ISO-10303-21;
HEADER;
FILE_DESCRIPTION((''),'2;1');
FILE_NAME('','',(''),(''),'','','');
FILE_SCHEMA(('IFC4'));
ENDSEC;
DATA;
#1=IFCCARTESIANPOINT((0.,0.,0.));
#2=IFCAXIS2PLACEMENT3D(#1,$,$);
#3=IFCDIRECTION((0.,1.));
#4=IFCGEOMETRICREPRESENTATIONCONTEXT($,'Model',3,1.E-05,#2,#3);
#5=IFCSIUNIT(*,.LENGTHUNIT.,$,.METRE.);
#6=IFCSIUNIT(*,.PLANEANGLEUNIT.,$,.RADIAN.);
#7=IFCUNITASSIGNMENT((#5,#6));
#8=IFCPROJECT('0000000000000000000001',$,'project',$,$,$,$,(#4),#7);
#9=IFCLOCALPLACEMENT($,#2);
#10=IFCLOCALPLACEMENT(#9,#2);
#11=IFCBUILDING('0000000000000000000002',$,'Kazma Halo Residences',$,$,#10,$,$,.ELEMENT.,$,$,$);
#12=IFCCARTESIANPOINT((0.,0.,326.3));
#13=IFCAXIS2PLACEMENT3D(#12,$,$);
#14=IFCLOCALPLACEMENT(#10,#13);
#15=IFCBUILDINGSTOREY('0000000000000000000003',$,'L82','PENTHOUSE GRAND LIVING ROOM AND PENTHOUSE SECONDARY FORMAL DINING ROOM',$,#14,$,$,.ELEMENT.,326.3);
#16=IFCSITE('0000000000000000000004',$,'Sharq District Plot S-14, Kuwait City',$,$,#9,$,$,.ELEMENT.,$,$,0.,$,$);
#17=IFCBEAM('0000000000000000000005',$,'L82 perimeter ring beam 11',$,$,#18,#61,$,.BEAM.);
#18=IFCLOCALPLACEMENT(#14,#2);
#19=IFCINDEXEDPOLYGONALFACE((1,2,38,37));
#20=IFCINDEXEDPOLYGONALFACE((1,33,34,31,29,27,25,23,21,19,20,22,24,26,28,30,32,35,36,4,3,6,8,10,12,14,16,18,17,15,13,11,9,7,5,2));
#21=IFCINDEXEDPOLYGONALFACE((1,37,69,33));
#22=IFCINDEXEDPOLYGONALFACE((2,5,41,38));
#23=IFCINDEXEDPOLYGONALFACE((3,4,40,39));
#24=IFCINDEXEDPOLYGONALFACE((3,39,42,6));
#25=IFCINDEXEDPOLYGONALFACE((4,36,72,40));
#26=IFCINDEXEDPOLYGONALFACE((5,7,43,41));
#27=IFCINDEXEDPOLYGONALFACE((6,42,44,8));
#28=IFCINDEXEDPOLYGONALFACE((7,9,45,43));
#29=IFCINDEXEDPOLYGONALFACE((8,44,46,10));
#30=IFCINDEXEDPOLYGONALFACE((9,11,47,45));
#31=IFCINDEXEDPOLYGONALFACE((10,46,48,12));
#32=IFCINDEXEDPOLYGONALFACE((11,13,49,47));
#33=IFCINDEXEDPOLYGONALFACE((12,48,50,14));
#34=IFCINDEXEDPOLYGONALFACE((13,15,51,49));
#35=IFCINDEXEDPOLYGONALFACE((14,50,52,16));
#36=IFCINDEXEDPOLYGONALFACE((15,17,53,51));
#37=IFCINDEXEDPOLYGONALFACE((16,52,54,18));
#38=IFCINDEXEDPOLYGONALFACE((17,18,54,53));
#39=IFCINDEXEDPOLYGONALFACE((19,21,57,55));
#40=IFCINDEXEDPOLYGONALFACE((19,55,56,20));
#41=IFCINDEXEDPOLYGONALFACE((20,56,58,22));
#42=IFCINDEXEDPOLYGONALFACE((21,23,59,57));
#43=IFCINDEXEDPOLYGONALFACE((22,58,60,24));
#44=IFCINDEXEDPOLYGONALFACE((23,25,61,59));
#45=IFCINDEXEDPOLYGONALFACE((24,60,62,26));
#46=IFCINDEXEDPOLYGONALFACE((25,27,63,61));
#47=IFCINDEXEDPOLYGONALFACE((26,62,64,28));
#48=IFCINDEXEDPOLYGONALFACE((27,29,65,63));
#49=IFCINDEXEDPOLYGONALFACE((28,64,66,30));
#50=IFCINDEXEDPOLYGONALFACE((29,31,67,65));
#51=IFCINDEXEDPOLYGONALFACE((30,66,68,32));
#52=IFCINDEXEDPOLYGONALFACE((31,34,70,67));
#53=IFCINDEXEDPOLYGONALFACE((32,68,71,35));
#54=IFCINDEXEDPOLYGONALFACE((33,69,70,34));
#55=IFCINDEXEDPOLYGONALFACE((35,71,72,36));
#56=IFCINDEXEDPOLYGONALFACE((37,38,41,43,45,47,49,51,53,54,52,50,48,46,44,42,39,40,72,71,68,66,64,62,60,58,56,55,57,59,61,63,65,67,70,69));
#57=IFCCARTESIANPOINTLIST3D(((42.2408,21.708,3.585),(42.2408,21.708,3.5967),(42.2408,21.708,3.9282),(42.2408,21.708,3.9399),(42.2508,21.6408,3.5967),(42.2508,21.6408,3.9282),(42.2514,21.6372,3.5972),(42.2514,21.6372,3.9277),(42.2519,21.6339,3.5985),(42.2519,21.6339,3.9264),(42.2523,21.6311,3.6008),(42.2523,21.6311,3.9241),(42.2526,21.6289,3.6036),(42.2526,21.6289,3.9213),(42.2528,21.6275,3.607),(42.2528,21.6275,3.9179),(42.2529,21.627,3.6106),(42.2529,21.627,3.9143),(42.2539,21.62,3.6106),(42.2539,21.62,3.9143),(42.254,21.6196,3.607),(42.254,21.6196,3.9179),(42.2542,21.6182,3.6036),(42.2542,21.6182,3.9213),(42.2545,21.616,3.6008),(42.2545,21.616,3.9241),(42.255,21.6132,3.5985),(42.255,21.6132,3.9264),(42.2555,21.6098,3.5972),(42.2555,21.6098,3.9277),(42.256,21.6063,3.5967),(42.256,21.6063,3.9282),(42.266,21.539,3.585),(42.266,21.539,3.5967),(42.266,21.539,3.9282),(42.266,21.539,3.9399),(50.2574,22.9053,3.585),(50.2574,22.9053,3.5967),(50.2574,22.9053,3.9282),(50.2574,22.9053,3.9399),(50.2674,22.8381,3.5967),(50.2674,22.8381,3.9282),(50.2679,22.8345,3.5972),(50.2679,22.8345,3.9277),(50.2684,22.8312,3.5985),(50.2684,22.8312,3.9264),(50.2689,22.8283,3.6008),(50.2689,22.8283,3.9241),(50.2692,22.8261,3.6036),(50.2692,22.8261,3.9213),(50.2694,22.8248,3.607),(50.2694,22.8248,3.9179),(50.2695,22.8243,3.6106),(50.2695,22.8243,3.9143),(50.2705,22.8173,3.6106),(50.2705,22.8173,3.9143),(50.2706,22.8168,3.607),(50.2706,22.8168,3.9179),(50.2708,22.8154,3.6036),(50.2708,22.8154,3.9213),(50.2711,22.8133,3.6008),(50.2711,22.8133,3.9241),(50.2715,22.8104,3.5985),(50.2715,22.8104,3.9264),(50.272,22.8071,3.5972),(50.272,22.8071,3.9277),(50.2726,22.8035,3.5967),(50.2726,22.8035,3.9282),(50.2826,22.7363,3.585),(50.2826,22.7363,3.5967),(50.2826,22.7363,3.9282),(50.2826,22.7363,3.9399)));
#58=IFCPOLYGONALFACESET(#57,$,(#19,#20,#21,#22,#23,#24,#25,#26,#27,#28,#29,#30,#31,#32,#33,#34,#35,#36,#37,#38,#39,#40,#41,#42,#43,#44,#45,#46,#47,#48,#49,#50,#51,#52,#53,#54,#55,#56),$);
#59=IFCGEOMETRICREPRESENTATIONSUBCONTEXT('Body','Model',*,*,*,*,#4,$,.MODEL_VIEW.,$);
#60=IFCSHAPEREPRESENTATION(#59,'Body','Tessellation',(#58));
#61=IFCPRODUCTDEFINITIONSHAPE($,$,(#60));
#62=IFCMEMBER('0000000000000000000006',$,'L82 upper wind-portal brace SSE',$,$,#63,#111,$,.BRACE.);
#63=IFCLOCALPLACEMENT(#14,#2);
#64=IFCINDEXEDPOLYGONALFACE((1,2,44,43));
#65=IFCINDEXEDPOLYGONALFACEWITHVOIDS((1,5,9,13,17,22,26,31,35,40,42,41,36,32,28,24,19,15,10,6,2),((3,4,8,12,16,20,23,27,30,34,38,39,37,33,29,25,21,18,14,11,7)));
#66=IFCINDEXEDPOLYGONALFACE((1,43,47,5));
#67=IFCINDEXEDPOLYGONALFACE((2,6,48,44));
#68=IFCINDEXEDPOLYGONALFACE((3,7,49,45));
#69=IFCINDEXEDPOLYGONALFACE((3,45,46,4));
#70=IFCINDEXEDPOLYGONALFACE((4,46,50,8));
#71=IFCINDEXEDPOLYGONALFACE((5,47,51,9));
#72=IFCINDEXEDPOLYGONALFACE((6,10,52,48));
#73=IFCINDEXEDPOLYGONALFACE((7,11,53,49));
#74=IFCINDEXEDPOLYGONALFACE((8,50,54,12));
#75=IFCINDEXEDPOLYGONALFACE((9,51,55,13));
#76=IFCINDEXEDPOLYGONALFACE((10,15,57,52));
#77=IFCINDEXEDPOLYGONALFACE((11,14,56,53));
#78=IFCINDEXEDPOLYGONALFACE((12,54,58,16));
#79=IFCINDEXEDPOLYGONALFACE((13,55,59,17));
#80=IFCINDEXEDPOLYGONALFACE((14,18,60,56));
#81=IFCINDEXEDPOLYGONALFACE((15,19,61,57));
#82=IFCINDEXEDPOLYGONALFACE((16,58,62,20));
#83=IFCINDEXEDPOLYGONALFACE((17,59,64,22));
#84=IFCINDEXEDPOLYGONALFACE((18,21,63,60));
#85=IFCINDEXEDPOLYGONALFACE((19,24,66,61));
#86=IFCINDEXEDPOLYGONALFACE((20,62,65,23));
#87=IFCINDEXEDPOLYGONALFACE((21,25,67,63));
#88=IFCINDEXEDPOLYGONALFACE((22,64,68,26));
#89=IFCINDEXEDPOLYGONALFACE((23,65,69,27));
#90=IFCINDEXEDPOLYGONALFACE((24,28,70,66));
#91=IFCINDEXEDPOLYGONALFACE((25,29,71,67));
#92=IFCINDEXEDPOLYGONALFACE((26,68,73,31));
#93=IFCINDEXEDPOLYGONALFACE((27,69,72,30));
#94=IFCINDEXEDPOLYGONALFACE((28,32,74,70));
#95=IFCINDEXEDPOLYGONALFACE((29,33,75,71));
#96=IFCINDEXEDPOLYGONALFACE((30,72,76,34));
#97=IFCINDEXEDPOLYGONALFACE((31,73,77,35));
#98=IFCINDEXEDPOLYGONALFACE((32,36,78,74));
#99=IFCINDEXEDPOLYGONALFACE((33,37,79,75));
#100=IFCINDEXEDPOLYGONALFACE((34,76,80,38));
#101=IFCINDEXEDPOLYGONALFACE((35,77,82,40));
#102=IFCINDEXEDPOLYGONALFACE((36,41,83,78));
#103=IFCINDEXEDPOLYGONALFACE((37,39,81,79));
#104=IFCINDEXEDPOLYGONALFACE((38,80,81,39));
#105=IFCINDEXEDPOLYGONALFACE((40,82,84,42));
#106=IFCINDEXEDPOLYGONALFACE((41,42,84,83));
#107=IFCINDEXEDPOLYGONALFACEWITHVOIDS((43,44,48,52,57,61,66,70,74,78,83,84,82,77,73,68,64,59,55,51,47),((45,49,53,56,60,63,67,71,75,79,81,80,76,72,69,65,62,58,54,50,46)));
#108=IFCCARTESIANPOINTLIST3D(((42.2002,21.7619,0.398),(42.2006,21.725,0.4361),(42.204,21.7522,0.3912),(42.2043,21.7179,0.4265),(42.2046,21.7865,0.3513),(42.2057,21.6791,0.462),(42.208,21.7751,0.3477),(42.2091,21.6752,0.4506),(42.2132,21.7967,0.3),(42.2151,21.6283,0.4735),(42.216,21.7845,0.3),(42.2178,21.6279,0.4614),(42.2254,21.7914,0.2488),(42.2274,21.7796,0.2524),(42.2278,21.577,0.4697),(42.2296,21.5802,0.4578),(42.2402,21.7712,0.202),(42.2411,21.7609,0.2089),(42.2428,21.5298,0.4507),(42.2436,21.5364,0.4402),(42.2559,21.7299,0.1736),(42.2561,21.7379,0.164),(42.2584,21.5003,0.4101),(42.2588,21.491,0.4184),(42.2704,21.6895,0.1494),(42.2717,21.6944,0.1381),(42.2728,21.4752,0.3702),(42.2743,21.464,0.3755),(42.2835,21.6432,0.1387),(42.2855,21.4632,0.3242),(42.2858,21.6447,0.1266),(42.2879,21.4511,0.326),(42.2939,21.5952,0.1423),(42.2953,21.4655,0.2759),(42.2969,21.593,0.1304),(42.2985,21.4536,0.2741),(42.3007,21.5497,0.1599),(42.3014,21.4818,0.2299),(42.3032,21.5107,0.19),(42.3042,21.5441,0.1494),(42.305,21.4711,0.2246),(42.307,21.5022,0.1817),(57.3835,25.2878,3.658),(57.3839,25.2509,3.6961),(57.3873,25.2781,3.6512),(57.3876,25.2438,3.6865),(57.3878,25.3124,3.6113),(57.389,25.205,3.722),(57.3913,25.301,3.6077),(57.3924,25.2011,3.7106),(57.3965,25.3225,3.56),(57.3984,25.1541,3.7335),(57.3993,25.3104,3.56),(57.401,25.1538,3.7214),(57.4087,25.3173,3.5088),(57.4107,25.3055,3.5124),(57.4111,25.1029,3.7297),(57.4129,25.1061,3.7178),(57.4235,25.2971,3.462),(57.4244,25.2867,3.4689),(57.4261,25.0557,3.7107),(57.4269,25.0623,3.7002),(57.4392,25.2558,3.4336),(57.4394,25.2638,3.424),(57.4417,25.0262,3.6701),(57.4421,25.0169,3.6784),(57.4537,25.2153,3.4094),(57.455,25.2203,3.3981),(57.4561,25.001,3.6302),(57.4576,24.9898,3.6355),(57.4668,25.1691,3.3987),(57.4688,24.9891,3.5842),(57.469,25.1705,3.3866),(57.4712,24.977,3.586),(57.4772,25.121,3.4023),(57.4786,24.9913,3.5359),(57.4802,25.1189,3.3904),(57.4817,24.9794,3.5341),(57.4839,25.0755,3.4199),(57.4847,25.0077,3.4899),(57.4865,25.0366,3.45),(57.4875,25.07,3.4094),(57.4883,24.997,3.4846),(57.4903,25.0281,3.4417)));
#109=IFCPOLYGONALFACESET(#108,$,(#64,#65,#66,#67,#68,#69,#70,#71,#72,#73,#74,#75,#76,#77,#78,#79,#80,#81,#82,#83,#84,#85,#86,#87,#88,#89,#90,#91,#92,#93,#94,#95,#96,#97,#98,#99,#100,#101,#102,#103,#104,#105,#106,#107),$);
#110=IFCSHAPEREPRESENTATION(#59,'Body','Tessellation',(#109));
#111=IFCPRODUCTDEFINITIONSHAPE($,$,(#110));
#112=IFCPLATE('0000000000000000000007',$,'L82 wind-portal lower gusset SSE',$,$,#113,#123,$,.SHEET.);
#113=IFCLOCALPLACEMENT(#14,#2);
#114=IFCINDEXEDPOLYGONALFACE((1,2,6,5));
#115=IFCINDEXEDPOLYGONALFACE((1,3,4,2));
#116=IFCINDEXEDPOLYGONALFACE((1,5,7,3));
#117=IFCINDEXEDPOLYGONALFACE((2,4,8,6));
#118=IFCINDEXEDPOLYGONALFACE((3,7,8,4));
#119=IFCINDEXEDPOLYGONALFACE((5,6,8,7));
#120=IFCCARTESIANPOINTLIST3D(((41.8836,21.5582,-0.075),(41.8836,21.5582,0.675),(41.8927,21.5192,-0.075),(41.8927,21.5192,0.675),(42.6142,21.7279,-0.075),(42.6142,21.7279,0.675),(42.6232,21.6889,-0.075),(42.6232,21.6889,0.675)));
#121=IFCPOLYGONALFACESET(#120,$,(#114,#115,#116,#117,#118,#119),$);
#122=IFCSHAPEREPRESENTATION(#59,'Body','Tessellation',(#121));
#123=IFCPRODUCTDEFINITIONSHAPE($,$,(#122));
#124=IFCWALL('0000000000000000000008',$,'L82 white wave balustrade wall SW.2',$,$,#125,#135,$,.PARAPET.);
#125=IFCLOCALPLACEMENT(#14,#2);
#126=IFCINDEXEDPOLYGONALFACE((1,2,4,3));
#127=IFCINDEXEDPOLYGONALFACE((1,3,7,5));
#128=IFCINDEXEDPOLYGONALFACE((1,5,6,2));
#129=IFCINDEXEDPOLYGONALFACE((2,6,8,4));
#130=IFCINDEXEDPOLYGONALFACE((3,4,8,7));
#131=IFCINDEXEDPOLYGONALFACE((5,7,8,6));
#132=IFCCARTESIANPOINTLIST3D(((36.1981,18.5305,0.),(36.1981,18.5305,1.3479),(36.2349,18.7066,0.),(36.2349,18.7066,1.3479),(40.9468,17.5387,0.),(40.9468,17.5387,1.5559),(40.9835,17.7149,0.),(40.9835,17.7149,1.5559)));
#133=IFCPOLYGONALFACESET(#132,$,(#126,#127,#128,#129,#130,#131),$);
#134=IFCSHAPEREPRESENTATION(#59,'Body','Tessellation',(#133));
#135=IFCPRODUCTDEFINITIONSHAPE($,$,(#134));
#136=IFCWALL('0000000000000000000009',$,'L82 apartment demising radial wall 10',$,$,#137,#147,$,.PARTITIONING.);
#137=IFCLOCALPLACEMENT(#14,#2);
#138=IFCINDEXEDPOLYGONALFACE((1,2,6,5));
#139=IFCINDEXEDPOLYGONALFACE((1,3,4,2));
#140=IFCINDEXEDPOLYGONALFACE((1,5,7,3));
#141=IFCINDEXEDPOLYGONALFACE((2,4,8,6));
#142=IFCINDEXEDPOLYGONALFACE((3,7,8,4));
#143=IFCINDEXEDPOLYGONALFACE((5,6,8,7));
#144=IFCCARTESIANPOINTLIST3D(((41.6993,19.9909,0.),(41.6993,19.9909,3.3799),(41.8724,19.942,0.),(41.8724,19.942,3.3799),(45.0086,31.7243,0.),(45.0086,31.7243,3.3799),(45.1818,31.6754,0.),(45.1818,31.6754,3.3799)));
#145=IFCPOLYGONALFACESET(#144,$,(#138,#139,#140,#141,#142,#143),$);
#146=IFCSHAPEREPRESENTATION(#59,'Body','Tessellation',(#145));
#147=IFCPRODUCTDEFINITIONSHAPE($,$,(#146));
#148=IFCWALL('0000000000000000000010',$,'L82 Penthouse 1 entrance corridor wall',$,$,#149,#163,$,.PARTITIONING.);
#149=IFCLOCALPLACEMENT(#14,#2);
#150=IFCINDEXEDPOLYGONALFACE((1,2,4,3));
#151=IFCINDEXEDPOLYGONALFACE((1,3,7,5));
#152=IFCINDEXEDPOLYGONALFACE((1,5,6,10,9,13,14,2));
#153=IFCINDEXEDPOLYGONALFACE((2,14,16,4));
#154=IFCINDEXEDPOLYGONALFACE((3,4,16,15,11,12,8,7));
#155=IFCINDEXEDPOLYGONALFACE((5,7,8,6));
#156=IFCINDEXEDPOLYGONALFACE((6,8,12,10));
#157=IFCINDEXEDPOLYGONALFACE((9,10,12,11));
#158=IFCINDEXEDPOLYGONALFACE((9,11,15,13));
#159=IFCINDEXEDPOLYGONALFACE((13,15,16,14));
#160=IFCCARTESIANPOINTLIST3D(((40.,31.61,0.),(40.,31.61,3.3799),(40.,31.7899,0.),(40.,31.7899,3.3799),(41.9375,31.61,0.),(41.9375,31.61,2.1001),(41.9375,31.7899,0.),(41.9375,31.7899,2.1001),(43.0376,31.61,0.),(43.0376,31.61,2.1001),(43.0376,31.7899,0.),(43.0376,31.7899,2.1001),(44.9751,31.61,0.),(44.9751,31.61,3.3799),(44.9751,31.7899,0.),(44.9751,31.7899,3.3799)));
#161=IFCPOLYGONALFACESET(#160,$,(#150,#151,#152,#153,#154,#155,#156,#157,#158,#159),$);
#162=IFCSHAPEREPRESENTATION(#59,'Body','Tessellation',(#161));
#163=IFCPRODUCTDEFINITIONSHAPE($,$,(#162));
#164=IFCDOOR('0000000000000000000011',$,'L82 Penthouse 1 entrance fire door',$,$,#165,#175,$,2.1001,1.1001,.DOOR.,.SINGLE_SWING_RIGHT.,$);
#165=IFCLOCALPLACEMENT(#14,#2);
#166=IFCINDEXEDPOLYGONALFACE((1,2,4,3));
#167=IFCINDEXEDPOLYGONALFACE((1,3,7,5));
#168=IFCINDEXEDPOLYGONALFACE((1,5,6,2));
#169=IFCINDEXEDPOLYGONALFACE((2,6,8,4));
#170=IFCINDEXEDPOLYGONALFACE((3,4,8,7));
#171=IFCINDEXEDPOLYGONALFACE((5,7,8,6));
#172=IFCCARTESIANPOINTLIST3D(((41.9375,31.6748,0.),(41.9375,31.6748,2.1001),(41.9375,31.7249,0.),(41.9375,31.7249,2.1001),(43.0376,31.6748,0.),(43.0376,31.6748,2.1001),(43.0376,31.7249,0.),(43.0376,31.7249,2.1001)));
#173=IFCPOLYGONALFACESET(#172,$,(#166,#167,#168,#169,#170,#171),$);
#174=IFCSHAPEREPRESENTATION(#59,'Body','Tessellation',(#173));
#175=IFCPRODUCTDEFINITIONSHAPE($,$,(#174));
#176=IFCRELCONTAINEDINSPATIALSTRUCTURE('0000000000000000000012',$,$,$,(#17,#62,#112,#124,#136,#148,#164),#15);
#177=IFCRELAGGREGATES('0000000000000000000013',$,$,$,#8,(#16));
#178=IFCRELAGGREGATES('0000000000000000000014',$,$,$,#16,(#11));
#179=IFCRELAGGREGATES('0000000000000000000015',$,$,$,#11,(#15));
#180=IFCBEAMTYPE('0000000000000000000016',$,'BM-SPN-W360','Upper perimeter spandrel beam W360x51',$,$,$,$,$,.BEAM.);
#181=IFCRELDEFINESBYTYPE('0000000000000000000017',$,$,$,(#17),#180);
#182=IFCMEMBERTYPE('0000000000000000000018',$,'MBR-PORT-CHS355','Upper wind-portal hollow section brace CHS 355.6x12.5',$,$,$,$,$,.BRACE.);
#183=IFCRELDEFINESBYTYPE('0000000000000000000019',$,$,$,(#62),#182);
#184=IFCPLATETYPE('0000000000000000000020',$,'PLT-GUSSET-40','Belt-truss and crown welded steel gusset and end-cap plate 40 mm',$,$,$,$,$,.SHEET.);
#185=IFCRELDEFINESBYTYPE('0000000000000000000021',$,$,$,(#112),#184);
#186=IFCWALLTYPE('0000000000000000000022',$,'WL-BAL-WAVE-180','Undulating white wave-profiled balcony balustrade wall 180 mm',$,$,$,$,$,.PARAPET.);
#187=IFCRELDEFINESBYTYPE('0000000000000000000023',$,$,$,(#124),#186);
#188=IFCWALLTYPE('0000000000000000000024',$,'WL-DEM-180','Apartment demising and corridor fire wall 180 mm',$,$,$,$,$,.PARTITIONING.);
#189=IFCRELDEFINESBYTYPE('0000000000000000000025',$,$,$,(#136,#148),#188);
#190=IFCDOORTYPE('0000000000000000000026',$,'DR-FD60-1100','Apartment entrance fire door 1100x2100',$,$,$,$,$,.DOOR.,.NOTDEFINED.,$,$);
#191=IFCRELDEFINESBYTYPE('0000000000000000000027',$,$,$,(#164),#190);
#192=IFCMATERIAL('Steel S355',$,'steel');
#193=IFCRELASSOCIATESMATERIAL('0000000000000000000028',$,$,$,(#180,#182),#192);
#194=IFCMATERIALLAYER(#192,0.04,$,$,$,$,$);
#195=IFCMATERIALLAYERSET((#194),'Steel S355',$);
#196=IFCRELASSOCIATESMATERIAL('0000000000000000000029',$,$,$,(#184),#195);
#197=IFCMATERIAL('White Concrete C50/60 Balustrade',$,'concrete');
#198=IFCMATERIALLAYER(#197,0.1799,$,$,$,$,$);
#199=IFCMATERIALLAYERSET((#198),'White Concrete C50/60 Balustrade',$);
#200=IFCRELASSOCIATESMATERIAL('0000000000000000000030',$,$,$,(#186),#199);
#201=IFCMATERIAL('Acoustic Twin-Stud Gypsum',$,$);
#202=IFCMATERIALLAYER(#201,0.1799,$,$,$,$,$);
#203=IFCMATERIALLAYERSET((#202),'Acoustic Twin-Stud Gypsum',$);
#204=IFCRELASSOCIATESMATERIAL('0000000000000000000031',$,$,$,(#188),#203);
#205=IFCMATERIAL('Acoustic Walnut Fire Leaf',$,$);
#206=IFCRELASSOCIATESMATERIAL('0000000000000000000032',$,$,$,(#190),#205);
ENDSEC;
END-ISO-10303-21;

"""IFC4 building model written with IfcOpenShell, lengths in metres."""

from ifc_helpers import new_model, si_unit, direction, frame, frame_2d, origin, origin_2d, place, context, subcontext, project, spatial, polyline, rectangle, hollow_circle, i_section, outline, extrude, material, layer, layer_set, material_profile, profile_set, type_object, element, fill, save


model = new_model("IFC4")

# Units and contexts
model_context = context("Model", 3, precision=1e-05, world=origin(), true_north=direction((0.0, 1.0)))
body_context = subcontext(model_context, "Body", "Model", "MODEL_VIEW")
ifc_project = project(units=[si_unit("LENGTHUNIT", "METRE"), si_unit("PLANEANGLEUNIT", "RADIAN")], contexts=[model_context])

# Site, building, storey
site_placement = place(None, origin())
site = spatial("IfcSite", under=ifc_project, at=site_placement, Name="Sharq District Plot S-14, Kuwait City", CompositionType="ELEMENT", RefElevation=0.0)
building_placement = place(site_placement, origin())
building = spatial("IfcBuilding", under=site, at=building_placement, Name="Kazma Halo Residences", CompositionType="ELEMENT")
storey_placement = place(building_placement, frame((0.0, 0.0, 326.3)))
storey = spatial("IfcBuildingStorey", under=building, at=storey_placement, Name="L82", Description="PENTHOUSE GRAND LIVING ROOM AND PENTHOUSE SECONDARY FORMAL DINING ROOM", CompositionType="ELEMENT", Elevation=326.3)

# Beam
ifc_material_1 = material(Name="Steel S355", Category="steel")
ifc_material_profile_1 = material_profile(ifc_material_1, i_section(OverallWidth=0.1709, OverallDepth=0.355, WebThickness=0.0071, FlangeThickness=0.0117, FilletRadius=0.0139, at=origin_2d()), Name="W360x51")
ifc_profile_set_1 = profile_set([ifc_material_profile_1], Name="Steel S355")
beam_type_1 = type_object("IfcBeamType", Name="BM-SPN-W360", Description="Upper perimeter spandrel beam W360x51", PredefinedType="BEAM", material=ifc_profile_set_1)
beam_1_placement = place(storey_placement, frame((42.2534, 21.6235, 3.7625), z_axis=(0.989031, 0.14771, 0.0), x_axis=(-0.14771, 0.989031, 0.0)))
element("IfcBeam", 1, at=beam_1_placement, inside=storey, type_object=beam_type_1, Name="L82 perimeter ring beam 11", PredefinedType="BEAM", context=body_context, shape_type="SweptSolid", body=[
    extrude(i_section(OverallWidth=0.1709, OverallDepth=0.355, WebThickness=0.0071, FlangeThickness=0.0117, FilletRadius=0.0139, at=origin_2d()), origin(), (0.0, 0.0, 1.0), 8.1055),
])

# Member
ifc_material_profile_2 = material_profile(ifc_material_1, hollow_circle(Radius=0.1777, WallThickness=0.0125, at=origin_2d()), Name="CHS355.6x12.5")
ifc_profile_set_2 = profile_set([ifc_material_profile_2], Name="Steel S355")
member_type = type_object("IfcMemberType", Name="MBR-PORT-CHS355", Description="Upper wind-portal hollow section brace CHS 355.6x12.5", PredefinedType="BRACE", material=ifc_profile_set_2)
member_placement = place(storey_placement, frame((42.2534, 21.6235, 0.3), z_axis=(0.953451, 0.221411, 0.204715), x_axis=(-0.226201, 0.974081, 0.0)))
element("IfcMember", 2, at=member_placement, inside=storey, type_object=member_type, Name="L82 upper wind-portal brace SSE", PredefinedType="BRACE", context=body_context, shape_type="SweptSolid", body=[
    extrude(hollow_circle(Radius=0.1777, WallThickness=0.0125, at=origin_2d()), origin(), (0.0, 0.0, 1.0), 15.9246),
])

# Plate
ifc_layer_1 = layer(ifc_material_1, 0.04)
ifc_layer_set_1 = layer_set([ifc_layer_1], Name="Steel S355")
plate_type = type_object("IfcPlateType", Name="PLT-GUSSET-40", Description="Belt-truss and crown welded steel gusset and end-cap plate 40 mm", PredefinedType="SHEET", material=ifc_layer_set_1)
plate_placement = place(storey_placement, frame((42.2534, 21.6235, -0.075), z_axis=(0.0, 0.0, 1.0), x_axis=(0.974084, 0.226188, 0.0)))
element("IfcPlate", 3, at=plate_placement, inside=storey, type_object=plate_type, Name="L82 wind-portal lower gusset SSE", PredefinedType="SHEET", context=body_context, shape_type="SweptSolid", body=[
    extrude(rectangle(XDim=0.75, YDim=0.04, at=origin_2d()), origin(), (0.0, 0.0, 1.0), 0.75),
])

# Walls
ifc_material_2 = material(Name="White Concrete C50/60 Balustrade", Category="concrete")
ifc_layer_2 = layer(ifc_material_2, 0.1799)
ifc_layer_set_2 = layer_set([ifc_layer_2], Name="White Concrete C50/60 Balustrade")
wall_type_1 = type_object("IfcWallType", Name="WL-BAL-WAVE-180", Description="Undulating white wave-profiled balcony balustrade wall 180 mm", PredefinedType="PARAPET", material=ifc_layer_set_2)
wall_1_placement = place(storey_placement, frame((36.2166, 18.6187, 0.0), z_axis=(0.0, 0.0, 1.0), x_axis=(0.978881, -0.204433, 0.0)))
element("IfcWall", 4, at=wall_1_placement, inside=storey, type_object=wall_type_1, Name="L82 white wave balustrade wall SW.2", PredefinedType="PARAPET", context=body_context, shape_type="SweptSolid", body=[
    extrude(outline(polyline([(0.0, 0.0), (4.8511, 0.0), (4.8511, 1.5559), (0.0, 1.3479), (0.0, 0.0)])), frame((0.0, 0.0898, 0.0), z_axis=(0.0, -1.0, 0.0), x_axis=(1.0, 0.0, 0.0)), (0.0, 0.0, 1.0), 0.1799),
])
ifc_material_3 = material(Name="Acoustic Twin-Stud Gypsum")
ifc_layer_3 = layer(ifc_material_3, 0.1799)
ifc_layer_set_3 = layer_set([ifc_layer_3], Name="Acoustic Twin-Stud Gypsum")
wall_type_2 = type_object("IfcWallType", Name="WL-DEM-180", Description="Apartment demising and corridor fire wall 180 mm", PredefinedType="PARTITIONING", material=ifc_layer_set_3)
wall_2_placement = place(storey_placement, frame((45.0952, 31.7, 0.0), z_axis=(0.0, 0.0, 1.0), x_axis=(-0.271453, -0.962452, 0.0)))
element("IfcWall", 5, at=wall_2_placement, inside=storey, type_object=wall_type_2, Name="L82 apartment demising radial wall 10", PredefinedType="PARTITIONING", context=body_context, shape_type="SweptSolid", body=[
    extrude(rectangle(XDim=12.1912, YDim=0.1799, at=frame_2d((6.0957, 0.0))), origin(), (0.0, 0.0, 1.0), 3.3799),
])

# Wall, opening, door
wall_3_placement = place(storey_placement, frame((40.0, 31.7, 0.0), z_axis=(0.0, 0.0, 1.0), x_axis=(1.0, 0.0, 0.0)))
wall_3 = element("IfcWall", 6, at=wall_3_placement, inside=storey, type_object=wall_type_2, Name="L82 Penthouse 1 entrance corridor wall", PredefinedType="PARTITIONING", context=body_context, shape_type="SweptSolid", body=[
    extrude(rectangle(XDim=4.9751, YDim=0.1799, at=frame_2d((2.4875, 0.0))), origin(), (0.0, 0.0, 1.0), 3.3799),
])
opening_1_placement = place(wall_3_placement, frame((1.9375, 0.0, 0.0)))
opening_1 = element("IfcOpeningElement", 7, at=opening_1_placement, cuts=wall_3, PredefinedType="OPENING", context=body_context, shape_type="SweptSolid", body=[
    extrude(rectangle(XDim=1.1001, YDim=2.1001, at=frame_2d((0.55, 1.05))), frame((0.0, 0.0999, 0.0), z_axis=(0.0, -1.0, 0.0), x_axis=(1.0, 0.0, 0.0)), (0.0, 0.0, 1.0), 0.2),
])
ifc_material_4 = material(Name="Acoustic Walnut Fire Leaf")
door_type_1 = type_object("IfcDoorType", Name="DR-FD60-1100", Description="Apartment entrance fire door 1100x2100", OperationType="NOTDEFINED", PredefinedType="DOOR", material=ifc_material_4)
door_1_placement = place(opening_1_placement, origin())
door_1 = element("IfcDoor", 8, at=door_1_placement, inside=storey, type_object=door_type_1, Name="L82 Penthouse 1 entrance fire door", OperationType="SINGLE_SWING_RIGHT", OverallHeight=2.1001, OverallWidth=1.1001, PredefinedType="DOOR", context=body_context, shape_type="SweptSolid", body=[
    extrude(rectangle(XDim=1.1001, YDim=2.1001, at=frame_2d((0.55, 1.05))), frame((0.0, 0.0249, 0.0), z_axis=(0.0, -1.0, 0.0), x_axis=(1.0, 0.0, 0.0)), (0.0, 0.0, 1.0), 0.05),
])
fill(opening_1, door_1)

save(model, "model.ifc")
